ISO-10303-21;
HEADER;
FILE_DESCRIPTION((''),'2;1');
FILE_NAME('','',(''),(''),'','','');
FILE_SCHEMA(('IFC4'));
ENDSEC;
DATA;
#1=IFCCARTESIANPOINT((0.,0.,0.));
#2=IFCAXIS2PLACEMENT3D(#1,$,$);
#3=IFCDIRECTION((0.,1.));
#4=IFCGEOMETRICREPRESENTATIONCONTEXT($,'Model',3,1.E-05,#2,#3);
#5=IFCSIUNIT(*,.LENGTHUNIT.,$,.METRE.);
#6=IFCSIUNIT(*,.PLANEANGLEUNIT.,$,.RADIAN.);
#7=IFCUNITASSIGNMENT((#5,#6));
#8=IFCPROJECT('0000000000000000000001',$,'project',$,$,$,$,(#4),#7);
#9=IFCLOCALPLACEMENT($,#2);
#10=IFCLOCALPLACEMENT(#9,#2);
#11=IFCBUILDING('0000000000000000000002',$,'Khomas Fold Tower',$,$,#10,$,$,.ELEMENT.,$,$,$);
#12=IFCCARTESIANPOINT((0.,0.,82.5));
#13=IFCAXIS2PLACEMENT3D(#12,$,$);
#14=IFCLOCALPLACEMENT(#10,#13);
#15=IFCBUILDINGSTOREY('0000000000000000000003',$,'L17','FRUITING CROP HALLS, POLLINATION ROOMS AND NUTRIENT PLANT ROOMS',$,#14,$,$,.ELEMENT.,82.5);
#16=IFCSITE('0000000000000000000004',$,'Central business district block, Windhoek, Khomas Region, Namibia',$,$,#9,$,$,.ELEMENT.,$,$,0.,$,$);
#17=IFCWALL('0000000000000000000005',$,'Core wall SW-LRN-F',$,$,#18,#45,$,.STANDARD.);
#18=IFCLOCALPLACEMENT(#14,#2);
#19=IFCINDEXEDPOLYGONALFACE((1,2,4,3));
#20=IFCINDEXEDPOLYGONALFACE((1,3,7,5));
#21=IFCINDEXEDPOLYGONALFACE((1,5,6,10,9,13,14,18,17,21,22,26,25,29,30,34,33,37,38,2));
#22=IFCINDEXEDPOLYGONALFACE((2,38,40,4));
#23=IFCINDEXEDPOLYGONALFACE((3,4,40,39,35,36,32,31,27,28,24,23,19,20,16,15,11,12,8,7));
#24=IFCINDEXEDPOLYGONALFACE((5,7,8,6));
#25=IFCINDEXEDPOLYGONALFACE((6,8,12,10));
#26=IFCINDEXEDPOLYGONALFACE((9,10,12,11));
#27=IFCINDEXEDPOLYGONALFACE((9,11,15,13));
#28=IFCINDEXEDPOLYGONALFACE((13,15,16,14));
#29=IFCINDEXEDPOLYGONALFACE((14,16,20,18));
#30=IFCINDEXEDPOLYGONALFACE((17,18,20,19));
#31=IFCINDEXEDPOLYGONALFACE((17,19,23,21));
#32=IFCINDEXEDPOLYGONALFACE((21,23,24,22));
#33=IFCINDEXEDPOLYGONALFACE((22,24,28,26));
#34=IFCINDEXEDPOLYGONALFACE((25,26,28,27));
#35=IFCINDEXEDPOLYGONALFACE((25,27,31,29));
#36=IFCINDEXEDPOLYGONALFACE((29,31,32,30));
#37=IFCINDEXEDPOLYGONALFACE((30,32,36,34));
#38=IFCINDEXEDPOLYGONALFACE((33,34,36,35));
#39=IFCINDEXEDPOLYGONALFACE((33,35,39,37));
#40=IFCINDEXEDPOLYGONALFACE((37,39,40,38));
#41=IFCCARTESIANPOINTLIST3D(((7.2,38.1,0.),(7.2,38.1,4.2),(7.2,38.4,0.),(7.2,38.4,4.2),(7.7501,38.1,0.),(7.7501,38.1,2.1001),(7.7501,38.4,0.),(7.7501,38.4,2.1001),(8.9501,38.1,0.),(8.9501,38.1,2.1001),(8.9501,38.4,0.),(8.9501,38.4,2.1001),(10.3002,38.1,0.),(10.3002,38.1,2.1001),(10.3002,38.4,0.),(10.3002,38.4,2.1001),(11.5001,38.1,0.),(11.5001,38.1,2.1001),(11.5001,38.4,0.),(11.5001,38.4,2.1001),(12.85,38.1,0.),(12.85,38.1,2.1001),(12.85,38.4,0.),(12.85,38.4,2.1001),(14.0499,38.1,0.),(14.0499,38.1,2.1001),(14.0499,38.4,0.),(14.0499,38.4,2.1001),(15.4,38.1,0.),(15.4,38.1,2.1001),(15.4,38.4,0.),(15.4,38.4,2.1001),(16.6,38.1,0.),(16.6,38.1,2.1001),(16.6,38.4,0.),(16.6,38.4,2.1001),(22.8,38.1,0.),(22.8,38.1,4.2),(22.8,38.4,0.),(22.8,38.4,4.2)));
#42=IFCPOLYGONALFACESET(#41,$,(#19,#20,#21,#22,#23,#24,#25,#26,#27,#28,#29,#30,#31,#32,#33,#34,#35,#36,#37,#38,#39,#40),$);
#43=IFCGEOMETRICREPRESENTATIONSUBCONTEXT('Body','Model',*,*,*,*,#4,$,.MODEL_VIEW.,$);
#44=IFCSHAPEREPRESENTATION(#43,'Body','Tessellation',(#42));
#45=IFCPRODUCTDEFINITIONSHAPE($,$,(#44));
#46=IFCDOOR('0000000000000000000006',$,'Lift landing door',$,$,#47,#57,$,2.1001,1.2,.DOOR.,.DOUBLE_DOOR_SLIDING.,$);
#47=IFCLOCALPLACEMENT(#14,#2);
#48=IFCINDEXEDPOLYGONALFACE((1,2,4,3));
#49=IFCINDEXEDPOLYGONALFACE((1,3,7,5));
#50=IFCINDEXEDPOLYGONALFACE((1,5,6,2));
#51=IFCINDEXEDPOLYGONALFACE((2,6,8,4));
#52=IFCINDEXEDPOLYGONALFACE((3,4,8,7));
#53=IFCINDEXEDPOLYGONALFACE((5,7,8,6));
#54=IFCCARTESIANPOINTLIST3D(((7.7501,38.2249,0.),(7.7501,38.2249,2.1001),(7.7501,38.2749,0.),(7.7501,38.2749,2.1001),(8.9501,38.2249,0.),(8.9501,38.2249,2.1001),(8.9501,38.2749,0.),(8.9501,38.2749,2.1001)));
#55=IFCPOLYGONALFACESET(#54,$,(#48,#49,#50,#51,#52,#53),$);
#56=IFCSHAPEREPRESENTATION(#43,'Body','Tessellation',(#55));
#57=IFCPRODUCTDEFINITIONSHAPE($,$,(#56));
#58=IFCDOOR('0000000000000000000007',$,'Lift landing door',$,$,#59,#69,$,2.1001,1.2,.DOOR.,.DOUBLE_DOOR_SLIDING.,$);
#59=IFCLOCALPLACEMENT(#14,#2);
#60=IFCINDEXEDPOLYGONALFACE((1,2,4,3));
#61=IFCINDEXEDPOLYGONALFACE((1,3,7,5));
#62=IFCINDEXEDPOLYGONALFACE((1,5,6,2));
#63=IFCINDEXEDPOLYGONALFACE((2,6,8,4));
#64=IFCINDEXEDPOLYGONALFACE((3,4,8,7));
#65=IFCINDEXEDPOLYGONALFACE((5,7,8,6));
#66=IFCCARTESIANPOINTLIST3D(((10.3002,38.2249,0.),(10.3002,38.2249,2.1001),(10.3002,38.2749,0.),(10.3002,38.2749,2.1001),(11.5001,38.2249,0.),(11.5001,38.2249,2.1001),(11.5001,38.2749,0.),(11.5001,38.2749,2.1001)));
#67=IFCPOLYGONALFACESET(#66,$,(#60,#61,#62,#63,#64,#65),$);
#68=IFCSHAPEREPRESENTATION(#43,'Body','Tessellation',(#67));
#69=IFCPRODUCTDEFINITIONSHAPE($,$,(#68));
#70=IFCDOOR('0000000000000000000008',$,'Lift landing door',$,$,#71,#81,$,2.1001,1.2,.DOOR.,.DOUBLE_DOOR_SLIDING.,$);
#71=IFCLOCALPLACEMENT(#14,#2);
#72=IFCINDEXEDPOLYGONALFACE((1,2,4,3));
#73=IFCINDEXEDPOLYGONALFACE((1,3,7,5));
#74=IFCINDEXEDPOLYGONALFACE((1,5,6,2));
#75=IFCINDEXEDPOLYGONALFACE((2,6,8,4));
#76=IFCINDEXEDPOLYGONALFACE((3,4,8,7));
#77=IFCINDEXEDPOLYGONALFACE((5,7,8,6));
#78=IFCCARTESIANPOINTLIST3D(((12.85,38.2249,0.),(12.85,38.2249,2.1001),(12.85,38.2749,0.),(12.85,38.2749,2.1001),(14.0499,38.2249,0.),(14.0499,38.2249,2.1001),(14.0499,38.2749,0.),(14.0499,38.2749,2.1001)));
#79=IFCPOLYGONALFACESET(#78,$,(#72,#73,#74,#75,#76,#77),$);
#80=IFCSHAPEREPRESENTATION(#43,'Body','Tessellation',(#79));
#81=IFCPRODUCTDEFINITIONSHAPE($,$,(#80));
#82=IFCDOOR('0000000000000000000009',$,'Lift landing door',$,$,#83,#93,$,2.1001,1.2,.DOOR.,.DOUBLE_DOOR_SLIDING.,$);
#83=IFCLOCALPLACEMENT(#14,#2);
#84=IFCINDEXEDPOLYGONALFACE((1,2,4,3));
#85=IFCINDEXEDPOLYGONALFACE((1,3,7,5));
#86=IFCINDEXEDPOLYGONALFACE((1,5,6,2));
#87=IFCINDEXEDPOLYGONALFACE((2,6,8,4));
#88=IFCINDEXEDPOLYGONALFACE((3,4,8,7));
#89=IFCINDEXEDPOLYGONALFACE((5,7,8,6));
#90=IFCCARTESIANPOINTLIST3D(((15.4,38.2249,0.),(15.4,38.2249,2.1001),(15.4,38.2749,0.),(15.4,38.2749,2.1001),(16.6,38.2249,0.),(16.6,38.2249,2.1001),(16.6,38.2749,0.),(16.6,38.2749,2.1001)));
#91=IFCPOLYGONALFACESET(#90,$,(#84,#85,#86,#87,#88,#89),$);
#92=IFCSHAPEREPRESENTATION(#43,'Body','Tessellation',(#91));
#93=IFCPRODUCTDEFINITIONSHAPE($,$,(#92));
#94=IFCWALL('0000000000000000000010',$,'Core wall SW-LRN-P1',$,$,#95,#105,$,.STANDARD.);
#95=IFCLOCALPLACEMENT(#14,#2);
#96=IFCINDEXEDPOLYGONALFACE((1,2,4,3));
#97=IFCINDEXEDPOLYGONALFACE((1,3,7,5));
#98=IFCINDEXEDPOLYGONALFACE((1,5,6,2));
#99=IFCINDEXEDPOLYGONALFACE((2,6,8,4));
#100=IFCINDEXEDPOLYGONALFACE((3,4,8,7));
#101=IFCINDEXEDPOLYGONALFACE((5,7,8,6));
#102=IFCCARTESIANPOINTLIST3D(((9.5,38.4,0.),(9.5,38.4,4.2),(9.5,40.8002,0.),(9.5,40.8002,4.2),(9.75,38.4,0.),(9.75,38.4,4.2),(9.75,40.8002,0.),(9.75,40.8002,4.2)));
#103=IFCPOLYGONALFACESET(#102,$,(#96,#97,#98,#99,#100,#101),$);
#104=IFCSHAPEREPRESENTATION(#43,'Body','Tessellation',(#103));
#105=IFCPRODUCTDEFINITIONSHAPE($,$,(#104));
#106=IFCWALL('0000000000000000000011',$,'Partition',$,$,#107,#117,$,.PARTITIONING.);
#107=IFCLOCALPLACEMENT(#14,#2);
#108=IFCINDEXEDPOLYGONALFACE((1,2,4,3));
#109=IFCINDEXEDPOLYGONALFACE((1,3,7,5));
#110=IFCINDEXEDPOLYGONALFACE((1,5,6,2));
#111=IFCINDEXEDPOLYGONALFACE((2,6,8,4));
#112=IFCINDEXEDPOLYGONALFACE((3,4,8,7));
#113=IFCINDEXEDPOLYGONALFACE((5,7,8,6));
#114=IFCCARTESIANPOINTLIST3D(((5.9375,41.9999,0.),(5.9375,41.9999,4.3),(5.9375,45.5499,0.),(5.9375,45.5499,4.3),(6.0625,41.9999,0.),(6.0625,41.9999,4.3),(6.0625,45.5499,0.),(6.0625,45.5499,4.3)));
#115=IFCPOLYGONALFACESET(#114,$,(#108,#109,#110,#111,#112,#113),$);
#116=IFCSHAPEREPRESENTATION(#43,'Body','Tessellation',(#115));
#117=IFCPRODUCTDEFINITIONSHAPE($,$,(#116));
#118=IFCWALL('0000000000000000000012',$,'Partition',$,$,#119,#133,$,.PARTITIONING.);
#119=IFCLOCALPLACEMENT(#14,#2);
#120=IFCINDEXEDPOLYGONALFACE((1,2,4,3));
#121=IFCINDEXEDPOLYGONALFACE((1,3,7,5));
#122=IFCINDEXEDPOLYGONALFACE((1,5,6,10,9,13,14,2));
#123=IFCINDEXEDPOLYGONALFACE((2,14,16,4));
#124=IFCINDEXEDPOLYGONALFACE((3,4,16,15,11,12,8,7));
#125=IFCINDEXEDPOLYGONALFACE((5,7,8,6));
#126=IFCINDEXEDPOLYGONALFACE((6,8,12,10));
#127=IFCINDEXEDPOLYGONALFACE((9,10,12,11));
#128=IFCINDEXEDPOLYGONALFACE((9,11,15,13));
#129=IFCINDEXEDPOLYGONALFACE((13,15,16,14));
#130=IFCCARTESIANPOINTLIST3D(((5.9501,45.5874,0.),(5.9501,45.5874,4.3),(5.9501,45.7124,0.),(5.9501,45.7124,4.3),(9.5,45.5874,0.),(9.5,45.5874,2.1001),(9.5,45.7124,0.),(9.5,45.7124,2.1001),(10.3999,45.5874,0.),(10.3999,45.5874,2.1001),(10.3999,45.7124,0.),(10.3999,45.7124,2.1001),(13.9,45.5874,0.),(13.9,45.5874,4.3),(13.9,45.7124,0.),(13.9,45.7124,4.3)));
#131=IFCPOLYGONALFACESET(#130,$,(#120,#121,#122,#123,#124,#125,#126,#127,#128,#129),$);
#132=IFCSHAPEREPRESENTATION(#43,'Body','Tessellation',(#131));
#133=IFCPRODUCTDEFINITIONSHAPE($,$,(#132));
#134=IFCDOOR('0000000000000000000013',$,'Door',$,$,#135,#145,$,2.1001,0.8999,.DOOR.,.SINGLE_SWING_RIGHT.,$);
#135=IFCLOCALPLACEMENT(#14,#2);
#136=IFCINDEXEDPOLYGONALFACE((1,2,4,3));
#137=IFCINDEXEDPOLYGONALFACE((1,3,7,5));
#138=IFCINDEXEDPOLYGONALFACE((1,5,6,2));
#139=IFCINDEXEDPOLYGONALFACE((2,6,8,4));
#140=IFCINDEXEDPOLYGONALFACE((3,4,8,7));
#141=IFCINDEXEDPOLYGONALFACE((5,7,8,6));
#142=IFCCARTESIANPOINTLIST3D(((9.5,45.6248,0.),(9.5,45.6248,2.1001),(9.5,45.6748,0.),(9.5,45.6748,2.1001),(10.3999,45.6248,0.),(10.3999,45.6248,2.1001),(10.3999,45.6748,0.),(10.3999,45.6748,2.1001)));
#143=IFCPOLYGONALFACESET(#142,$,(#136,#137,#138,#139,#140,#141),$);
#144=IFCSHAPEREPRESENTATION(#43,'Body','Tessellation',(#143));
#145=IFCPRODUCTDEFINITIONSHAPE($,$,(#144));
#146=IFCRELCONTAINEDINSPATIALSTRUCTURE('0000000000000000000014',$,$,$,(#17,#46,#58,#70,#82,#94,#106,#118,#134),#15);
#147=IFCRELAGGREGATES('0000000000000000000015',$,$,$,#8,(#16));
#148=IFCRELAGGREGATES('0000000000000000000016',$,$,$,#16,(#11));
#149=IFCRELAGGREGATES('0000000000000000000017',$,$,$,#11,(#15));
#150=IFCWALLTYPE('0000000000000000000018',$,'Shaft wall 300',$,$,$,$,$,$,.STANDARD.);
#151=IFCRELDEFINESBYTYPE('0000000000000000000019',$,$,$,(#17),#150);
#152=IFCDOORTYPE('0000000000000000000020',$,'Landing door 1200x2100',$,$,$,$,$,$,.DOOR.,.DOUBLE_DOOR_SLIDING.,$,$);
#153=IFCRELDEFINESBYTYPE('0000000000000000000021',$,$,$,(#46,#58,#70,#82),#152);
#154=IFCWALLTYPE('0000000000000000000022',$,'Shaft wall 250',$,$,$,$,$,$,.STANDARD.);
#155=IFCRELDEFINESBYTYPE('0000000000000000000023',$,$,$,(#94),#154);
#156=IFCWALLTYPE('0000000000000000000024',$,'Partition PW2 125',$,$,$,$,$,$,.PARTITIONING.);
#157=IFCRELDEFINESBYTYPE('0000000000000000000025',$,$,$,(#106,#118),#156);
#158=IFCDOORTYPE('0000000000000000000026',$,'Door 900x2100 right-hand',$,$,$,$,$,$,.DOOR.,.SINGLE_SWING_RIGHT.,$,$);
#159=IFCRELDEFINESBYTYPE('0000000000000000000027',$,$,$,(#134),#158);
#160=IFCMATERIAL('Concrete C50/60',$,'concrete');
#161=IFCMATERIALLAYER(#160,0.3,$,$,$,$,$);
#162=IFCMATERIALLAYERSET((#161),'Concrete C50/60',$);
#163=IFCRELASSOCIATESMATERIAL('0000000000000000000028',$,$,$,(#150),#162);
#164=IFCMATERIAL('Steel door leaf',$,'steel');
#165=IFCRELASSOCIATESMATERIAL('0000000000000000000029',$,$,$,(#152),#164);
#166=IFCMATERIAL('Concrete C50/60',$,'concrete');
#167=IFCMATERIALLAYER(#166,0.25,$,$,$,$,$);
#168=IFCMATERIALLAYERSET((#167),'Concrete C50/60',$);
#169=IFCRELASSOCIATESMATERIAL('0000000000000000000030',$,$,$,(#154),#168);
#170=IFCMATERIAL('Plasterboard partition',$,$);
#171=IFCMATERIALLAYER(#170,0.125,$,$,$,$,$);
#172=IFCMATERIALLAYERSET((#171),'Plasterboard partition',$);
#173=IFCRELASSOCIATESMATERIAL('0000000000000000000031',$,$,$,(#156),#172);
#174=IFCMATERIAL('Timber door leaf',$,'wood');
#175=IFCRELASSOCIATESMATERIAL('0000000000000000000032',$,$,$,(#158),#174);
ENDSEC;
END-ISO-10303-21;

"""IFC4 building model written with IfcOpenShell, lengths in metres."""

from ifc_helpers import new_model, si_unit, direction, frame, frame_2d, origin, place, context, subcontext, project, spatial, rectangle, extrude, source, transform, mapped, material, layer, layer_set, type_object, element, fill, save


model = new_model("IFC4")

# Units and contexts
model_context = context("Model", 3, precision=1e-05, world=origin(), true_north=direction((0.0, 1.0)))
body_context = subcontext(model_context, "Body", "Model", "MODEL_VIEW")
ifc_project = project(units=[si_unit("LENGTHUNIT", "METRE"), si_unit("PLANEANGLEUNIT", "RADIAN")], contexts=[model_context])

# Site, building, storey
site_placement = place(None, origin())
site = spatial("IfcSite", under=ifc_project, at=site_placement, Name="Central business district block, Windhoek, Khomas Region, Namibia", CompositionType="ELEMENT", RefElevation=0.0)
building_placement = place(site_placement, origin())
building = spatial("IfcBuilding", under=site, at=building_placement, Name="Khomas Fold Tower", CompositionType="ELEMENT")
storey_placement = place(building_placement, frame((0.0, 0.0, 82.5)))
storey = spatial("IfcBuildingStorey", under=building, at=storey_placement, Name="L17", Description="FRUITING CROP HALLS, POLLINATION ROOMS AND NUTRIENT PLANT ROOMS", CompositionType="ELEMENT", Elevation=82.5)

# Wall, openings, doors
ifc_material_1 = material(Name="Concrete C50/60", Category="concrete")
ifc_layer_1 = layer(ifc_material_1, 0.3)
ifc_layer_set_1 = layer_set([ifc_layer_1], Name="Concrete C50/60")
wall_type_1 = type_object("IfcWallType", Name="Shaft wall 300", PredefinedType="STANDARD", material=ifc_layer_set_1)
shared_shape_1 = source(origin(), body_context, "Body", "SweptSolid", [
    extrude(rectangle(XDim=15.6001, YDim=0.3, at=frame_2d((7.8, 0.0))), origin(), (0.0, 0.0, 1.0), 4.2),
])
wall_1_placement = place(storey_placement, frame((7.2, 38.25, 0.0), z_axis=(0.0, 0.0, 1.0), x_axis=(1.0, 0.0, 0.0)))
wall_1 = element("IfcWall", 1, at=wall_1_placement, inside=storey, type_object=wall_type_1, Name="Core wall SW-LRN-F", PredefinedType="STANDARD", context=body_context, shape_type="MappedRepresentation", body=[
    mapped(shared_shape_1, transform((0.0, 0.0, 0.0))),
])
shared_shape_2 = source(origin(), body_context, "Body", "SweptSolid", [
    extrude(rectangle(XDim=1.2, YDim=2.1001, at=frame_2d((0.6001, 1.05))), frame((0.0, 0.1599, 0.0), z_axis=(0.0, -1.0, 0.0), x_axis=(1.0, 0.0, 0.0)), (0.0, 0.0, 1.0), 0.3201),
])
opening_1_placement = place(wall_1_placement, frame((0.55, 0.0, 0.0)))
opening_1 = element("IfcOpeningElement", 2, at=opening_1_placement, cuts=wall_1, PredefinedType="OPENING", context=body_context, shape_type="MappedRepresentation", body=[
    mapped(shared_shape_2, transform((0.0, 0.0, 0.0))),
])
opening_2_placement = place(wall_1_placement, frame((3.1001, 0.0, 0.0)))
opening_2 = element("IfcOpeningElement", 3, at=opening_2_placement, cuts=wall_1, PredefinedType="OPENING", context=body_context, shape_type="MappedRepresentation", body=[
    mapped(shared_shape_2, transform((0.0, 0.0, 0.0))),
])
opening_3_placement = place(wall_1_placement, frame((5.6499, 0.0, 0.0)))
opening_3 = element("IfcOpeningElement", 4, at=opening_3_placement, cuts=wall_1, PredefinedType="OPENING", context=body_context, shape_type="MappedRepresentation", body=[
    mapped(shared_shape_2, transform((0.0, 0.0, 0.0))),
])
opening_4_placement = place(wall_1_placement, frame((8.2, 0.0, 0.0)))
opening_4 = element("IfcOpeningElement", 5, at=opening_4_placement, cuts=wall_1, PredefinedType="OPENING", context=body_context, shape_type="MappedRepresentation", body=[
    mapped(shared_shape_2, transform((0.0, 0.0, 0.0))),
])
ifc_material_2 = material(Name="Steel door leaf", Category="steel")
door_type_1 = type_object("IfcDoorType", Name="Landing door 1200x2100", OperationType="DOUBLE_DOOR_SLIDING", PredefinedType="DOOR", material=ifc_material_2)
shared_shape_3 = source(origin(), body_context, "Body", "SweptSolid", [
    extrude(rectangle(XDim=1.2, YDim=2.1001, at=frame_2d((0.6001, 1.05))), frame((0.0, 0.0249, 0.0), z_axis=(0.0, -1.0, 0.0), x_axis=(1.0, 0.0, 0.0)), (0.0, 0.0, 1.0), 0.05),
])
door_1_placement = place(opening_1_placement, origin())
door_1 = element("IfcDoor", 6, at=door_1_placement, inside=storey, type_object=door_type_1, Name="Lift landing door", OperationType="DOUBLE_DOOR_SLIDING", OverallHeight=2.1001, OverallWidth=1.2, PredefinedType="DOOR", context=body_context, shape_type="MappedRepresentation", body=[
    mapped(shared_shape_3, transform((0.0, 0.0, 0.0))),
])
fill(opening_1, door_1)
door_2_placement = place(opening_2_placement, origin())
door_2 = element("IfcDoor", 7, at=door_2_placement, inside=storey, type_object=door_type_1, Name="Lift landing door", OperationType="DOUBLE_DOOR_SLIDING", OverallHeight=2.1001, OverallWidth=1.2, PredefinedType="DOOR", context=body_context, shape_type="MappedRepresentation", body=[
    mapped(shared_shape_3, transform((0.0, 0.0, 0.0))),
])
fill(opening_2, door_2)
door_3_placement = place(opening_3_placement, origin())
door_3 = element("IfcDoor", 8, at=door_3_placement, inside=storey, type_object=door_type_1, Name="Lift landing door", OperationType="DOUBLE_DOOR_SLIDING", OverallHeight=2.1001, OverallWidth=1.2, PredefinedType="DOOR", context=body_context, shape_type="MappedRepresentation", body=[
    mapped(shared_shape_3, transform((0.0, 0.0, 0.0))),
])
fill(opening_3, door_3)
door_4_placement = place(opening_4_placement, origin())
door_4 = element("IfcDoor", 9, at=door_4_placement, inside=storey, type_object=door_type_1, Name="Lift landing door", OperationType="DOUBLE_DOOR_SLIDING", OverallHeight=2.1001, OverallWidth=1.2, PredefinedType="DOOR", context=body_context, shape_type="MappedRepresentation", body=[
    mapped(shared_shape_3, transform((0.0, 0.0, 0.0))),
])
fill(opening_4, door_4)

# Walls
ifc_material_3 = material(Name="Concrete C50/60", Category="concrete")
ifc_layer_2 = layer(ifc_material_3, 0.25)
ifc_layer_set_2 = layer_set([ifc_layer_2], Name="Concrete C50/60")
wall_type_2 = type_object("IfcWallType", Name="Shaft wall 250", PredefinedType="STANDARD", material=ifc_layer_set_2)
shared_shape_4 = source(origin(), body_context, "Body", "SweptSolid", [
    extrude(rectangle(XDim=2.4001, YDim=0.25, at=frame_2d((1.2002, 0.0))), origin(), (0.0, 0.0, 1.0), 4.2),
])
wall_2_placement = place(storey_placement, frame((9.625, 38.3999, 0.0), z_axis=(0.0, 0.0, 1.0), x_axis=(0.0, 1.0, 0.0)))
element("IfcWall", 10, at=wall_2_placement, inside=storey, type_object=wall_type_2, Name="Core wall SW-LRN-P1", PredefinedType="STANDARD", context=body_context, shape_type="MappedRepresentation", body=[
    mapped(shared_shape_4, transform((0.0, 0.0, 0.0))),
])
ifc_material_4 = material(Name="Plasterboard partition")
ifc_layer_3 = layer(ifc_material_4, 0.125)
ifc_layer_set_3 = layer_set([ifc_layer_3], Name="Plasterboard partition")
wall_type_3 = type_object("IfcWallType", Name="Partition PW2 125", PredefinedType="PARTITIONING", material=ifc_layer_set_3)
shared_shape_5 = source(origin(), body_context, "Body", "SweptSolid", [
    extrude(rectangle(XDim=3.55, YDim=0.125, at=frame_2d((1.7749, 0.0))), origin(), (0.0, 0.0, 1.0), 4.3),
])
wall_3_placement = place(storey_placement, frame((6.0, 42.0, 0.0), z_axis=(0.0, 0.0, 1.0), x_axis=(0.0, 1.0, 0.0)))
element("IfcWall", 11, at=wall_3_placement, inside=storey, type_object=wall_type_3, Name="Partition", PredefinedType="PARTITIONING", context=body_context, shape_type="MappedRepresentation", body=[
    mapped(shared_shape_5, transform((0.0, 0.0, 0.0))),
])

# Wall, opening, door
shared_shape_6 = source(origin(), body_context, "Body", "SweptSolid", [
    extrude(rectangle(XDim=7.95, YDim=0.125, at=frame_2d((3.9751, 0.0))), origin(), (0.0, 0.0, 1.0), 4.3),
])
wall_4_placement = place(storey_placement, frame((5.95, 45.6499, 0.0), z_axis=(0.0, 0.0, 1.0), x_axis=(1.0, 0.0, 0.0)))
wall_4 = element("IfcWall", 12, at=wall_4_placement, inside=storey, type_object=wall_type_3, Name="Partition", PredefinedType="PARTITIONING", context=body_context, shape_type="MappedRepresentation", body=[
    mapped(shared_shape_6, transform((0.0, 0.0, 0.0))),
])
shared_shape_7 = source(origin(), body_context, "Body", "SweptSolid", [
    extrude(rectangle(XDim=0.8999, YDim=2.1001, at=frame_2d((0.45, 1.05))), frame((0.0, 0.0725, 0.0), z_axis=(0.0, -1.0, 0.0), x_axis=(1.0, 0.0, 0.0)), (0.0, 0.0, 1.0), 0.145),
])
opening_5_placement = place(wall_4_placement, frame((3.55, 0.0, 0.0)))
opening_5 = element("IfcOpeningElement", 13, at=opening_5_placement, cuts=wall_4, PredefinedType="OPENING", context=body_context, shape_type="MappedRepresentation", body=[
    mapped(shared_shape_7, transform((0.0, 0.0, 0.0))),
])
ifc_material_5 = material(Name="Timber door leaf", Category="wood")
door_type_2 = type_object("IfcDoorType", Name="Door 900x2100 right-hand", OperationType="SINGLE_SWING_RIGHT", PredefinedType="DOOR", material=ifc_material_5)
shared_shape_8 = source(origin(), body_context, "Body", "SweptSolid", [
    extrude(rectangle(XDim=0.8999, YDim=2.1001, at=frame_2d((0.45, 1.05))), frame((0.0, 0.0249, 0.0), z_axis=(0.0, -1.0, 0.0), x_axis=(1.0, 0.0, 0.0)), (0.0, 0.0, 1.0), 0.05),
])
door_5_placement = place(opening_5_placement, origin())
door_5 = element("IfcDoor", 14, at=door_5_placement, inside=storey, type_object=door_type_2, Name="Door", OperationType="SINGLE_SWING_RIGHT", OverallHeight=2.1001, OverallWidth=0.8999, PredefinedType="DOOR", context=body_context, shape_type="MappedRepresentation", body=[
    mapped(shared_shape_8, transform((0.0, 0.0, 0.0))),
])
fill(opening_5, door_5)

save(model, "model.ifc")
